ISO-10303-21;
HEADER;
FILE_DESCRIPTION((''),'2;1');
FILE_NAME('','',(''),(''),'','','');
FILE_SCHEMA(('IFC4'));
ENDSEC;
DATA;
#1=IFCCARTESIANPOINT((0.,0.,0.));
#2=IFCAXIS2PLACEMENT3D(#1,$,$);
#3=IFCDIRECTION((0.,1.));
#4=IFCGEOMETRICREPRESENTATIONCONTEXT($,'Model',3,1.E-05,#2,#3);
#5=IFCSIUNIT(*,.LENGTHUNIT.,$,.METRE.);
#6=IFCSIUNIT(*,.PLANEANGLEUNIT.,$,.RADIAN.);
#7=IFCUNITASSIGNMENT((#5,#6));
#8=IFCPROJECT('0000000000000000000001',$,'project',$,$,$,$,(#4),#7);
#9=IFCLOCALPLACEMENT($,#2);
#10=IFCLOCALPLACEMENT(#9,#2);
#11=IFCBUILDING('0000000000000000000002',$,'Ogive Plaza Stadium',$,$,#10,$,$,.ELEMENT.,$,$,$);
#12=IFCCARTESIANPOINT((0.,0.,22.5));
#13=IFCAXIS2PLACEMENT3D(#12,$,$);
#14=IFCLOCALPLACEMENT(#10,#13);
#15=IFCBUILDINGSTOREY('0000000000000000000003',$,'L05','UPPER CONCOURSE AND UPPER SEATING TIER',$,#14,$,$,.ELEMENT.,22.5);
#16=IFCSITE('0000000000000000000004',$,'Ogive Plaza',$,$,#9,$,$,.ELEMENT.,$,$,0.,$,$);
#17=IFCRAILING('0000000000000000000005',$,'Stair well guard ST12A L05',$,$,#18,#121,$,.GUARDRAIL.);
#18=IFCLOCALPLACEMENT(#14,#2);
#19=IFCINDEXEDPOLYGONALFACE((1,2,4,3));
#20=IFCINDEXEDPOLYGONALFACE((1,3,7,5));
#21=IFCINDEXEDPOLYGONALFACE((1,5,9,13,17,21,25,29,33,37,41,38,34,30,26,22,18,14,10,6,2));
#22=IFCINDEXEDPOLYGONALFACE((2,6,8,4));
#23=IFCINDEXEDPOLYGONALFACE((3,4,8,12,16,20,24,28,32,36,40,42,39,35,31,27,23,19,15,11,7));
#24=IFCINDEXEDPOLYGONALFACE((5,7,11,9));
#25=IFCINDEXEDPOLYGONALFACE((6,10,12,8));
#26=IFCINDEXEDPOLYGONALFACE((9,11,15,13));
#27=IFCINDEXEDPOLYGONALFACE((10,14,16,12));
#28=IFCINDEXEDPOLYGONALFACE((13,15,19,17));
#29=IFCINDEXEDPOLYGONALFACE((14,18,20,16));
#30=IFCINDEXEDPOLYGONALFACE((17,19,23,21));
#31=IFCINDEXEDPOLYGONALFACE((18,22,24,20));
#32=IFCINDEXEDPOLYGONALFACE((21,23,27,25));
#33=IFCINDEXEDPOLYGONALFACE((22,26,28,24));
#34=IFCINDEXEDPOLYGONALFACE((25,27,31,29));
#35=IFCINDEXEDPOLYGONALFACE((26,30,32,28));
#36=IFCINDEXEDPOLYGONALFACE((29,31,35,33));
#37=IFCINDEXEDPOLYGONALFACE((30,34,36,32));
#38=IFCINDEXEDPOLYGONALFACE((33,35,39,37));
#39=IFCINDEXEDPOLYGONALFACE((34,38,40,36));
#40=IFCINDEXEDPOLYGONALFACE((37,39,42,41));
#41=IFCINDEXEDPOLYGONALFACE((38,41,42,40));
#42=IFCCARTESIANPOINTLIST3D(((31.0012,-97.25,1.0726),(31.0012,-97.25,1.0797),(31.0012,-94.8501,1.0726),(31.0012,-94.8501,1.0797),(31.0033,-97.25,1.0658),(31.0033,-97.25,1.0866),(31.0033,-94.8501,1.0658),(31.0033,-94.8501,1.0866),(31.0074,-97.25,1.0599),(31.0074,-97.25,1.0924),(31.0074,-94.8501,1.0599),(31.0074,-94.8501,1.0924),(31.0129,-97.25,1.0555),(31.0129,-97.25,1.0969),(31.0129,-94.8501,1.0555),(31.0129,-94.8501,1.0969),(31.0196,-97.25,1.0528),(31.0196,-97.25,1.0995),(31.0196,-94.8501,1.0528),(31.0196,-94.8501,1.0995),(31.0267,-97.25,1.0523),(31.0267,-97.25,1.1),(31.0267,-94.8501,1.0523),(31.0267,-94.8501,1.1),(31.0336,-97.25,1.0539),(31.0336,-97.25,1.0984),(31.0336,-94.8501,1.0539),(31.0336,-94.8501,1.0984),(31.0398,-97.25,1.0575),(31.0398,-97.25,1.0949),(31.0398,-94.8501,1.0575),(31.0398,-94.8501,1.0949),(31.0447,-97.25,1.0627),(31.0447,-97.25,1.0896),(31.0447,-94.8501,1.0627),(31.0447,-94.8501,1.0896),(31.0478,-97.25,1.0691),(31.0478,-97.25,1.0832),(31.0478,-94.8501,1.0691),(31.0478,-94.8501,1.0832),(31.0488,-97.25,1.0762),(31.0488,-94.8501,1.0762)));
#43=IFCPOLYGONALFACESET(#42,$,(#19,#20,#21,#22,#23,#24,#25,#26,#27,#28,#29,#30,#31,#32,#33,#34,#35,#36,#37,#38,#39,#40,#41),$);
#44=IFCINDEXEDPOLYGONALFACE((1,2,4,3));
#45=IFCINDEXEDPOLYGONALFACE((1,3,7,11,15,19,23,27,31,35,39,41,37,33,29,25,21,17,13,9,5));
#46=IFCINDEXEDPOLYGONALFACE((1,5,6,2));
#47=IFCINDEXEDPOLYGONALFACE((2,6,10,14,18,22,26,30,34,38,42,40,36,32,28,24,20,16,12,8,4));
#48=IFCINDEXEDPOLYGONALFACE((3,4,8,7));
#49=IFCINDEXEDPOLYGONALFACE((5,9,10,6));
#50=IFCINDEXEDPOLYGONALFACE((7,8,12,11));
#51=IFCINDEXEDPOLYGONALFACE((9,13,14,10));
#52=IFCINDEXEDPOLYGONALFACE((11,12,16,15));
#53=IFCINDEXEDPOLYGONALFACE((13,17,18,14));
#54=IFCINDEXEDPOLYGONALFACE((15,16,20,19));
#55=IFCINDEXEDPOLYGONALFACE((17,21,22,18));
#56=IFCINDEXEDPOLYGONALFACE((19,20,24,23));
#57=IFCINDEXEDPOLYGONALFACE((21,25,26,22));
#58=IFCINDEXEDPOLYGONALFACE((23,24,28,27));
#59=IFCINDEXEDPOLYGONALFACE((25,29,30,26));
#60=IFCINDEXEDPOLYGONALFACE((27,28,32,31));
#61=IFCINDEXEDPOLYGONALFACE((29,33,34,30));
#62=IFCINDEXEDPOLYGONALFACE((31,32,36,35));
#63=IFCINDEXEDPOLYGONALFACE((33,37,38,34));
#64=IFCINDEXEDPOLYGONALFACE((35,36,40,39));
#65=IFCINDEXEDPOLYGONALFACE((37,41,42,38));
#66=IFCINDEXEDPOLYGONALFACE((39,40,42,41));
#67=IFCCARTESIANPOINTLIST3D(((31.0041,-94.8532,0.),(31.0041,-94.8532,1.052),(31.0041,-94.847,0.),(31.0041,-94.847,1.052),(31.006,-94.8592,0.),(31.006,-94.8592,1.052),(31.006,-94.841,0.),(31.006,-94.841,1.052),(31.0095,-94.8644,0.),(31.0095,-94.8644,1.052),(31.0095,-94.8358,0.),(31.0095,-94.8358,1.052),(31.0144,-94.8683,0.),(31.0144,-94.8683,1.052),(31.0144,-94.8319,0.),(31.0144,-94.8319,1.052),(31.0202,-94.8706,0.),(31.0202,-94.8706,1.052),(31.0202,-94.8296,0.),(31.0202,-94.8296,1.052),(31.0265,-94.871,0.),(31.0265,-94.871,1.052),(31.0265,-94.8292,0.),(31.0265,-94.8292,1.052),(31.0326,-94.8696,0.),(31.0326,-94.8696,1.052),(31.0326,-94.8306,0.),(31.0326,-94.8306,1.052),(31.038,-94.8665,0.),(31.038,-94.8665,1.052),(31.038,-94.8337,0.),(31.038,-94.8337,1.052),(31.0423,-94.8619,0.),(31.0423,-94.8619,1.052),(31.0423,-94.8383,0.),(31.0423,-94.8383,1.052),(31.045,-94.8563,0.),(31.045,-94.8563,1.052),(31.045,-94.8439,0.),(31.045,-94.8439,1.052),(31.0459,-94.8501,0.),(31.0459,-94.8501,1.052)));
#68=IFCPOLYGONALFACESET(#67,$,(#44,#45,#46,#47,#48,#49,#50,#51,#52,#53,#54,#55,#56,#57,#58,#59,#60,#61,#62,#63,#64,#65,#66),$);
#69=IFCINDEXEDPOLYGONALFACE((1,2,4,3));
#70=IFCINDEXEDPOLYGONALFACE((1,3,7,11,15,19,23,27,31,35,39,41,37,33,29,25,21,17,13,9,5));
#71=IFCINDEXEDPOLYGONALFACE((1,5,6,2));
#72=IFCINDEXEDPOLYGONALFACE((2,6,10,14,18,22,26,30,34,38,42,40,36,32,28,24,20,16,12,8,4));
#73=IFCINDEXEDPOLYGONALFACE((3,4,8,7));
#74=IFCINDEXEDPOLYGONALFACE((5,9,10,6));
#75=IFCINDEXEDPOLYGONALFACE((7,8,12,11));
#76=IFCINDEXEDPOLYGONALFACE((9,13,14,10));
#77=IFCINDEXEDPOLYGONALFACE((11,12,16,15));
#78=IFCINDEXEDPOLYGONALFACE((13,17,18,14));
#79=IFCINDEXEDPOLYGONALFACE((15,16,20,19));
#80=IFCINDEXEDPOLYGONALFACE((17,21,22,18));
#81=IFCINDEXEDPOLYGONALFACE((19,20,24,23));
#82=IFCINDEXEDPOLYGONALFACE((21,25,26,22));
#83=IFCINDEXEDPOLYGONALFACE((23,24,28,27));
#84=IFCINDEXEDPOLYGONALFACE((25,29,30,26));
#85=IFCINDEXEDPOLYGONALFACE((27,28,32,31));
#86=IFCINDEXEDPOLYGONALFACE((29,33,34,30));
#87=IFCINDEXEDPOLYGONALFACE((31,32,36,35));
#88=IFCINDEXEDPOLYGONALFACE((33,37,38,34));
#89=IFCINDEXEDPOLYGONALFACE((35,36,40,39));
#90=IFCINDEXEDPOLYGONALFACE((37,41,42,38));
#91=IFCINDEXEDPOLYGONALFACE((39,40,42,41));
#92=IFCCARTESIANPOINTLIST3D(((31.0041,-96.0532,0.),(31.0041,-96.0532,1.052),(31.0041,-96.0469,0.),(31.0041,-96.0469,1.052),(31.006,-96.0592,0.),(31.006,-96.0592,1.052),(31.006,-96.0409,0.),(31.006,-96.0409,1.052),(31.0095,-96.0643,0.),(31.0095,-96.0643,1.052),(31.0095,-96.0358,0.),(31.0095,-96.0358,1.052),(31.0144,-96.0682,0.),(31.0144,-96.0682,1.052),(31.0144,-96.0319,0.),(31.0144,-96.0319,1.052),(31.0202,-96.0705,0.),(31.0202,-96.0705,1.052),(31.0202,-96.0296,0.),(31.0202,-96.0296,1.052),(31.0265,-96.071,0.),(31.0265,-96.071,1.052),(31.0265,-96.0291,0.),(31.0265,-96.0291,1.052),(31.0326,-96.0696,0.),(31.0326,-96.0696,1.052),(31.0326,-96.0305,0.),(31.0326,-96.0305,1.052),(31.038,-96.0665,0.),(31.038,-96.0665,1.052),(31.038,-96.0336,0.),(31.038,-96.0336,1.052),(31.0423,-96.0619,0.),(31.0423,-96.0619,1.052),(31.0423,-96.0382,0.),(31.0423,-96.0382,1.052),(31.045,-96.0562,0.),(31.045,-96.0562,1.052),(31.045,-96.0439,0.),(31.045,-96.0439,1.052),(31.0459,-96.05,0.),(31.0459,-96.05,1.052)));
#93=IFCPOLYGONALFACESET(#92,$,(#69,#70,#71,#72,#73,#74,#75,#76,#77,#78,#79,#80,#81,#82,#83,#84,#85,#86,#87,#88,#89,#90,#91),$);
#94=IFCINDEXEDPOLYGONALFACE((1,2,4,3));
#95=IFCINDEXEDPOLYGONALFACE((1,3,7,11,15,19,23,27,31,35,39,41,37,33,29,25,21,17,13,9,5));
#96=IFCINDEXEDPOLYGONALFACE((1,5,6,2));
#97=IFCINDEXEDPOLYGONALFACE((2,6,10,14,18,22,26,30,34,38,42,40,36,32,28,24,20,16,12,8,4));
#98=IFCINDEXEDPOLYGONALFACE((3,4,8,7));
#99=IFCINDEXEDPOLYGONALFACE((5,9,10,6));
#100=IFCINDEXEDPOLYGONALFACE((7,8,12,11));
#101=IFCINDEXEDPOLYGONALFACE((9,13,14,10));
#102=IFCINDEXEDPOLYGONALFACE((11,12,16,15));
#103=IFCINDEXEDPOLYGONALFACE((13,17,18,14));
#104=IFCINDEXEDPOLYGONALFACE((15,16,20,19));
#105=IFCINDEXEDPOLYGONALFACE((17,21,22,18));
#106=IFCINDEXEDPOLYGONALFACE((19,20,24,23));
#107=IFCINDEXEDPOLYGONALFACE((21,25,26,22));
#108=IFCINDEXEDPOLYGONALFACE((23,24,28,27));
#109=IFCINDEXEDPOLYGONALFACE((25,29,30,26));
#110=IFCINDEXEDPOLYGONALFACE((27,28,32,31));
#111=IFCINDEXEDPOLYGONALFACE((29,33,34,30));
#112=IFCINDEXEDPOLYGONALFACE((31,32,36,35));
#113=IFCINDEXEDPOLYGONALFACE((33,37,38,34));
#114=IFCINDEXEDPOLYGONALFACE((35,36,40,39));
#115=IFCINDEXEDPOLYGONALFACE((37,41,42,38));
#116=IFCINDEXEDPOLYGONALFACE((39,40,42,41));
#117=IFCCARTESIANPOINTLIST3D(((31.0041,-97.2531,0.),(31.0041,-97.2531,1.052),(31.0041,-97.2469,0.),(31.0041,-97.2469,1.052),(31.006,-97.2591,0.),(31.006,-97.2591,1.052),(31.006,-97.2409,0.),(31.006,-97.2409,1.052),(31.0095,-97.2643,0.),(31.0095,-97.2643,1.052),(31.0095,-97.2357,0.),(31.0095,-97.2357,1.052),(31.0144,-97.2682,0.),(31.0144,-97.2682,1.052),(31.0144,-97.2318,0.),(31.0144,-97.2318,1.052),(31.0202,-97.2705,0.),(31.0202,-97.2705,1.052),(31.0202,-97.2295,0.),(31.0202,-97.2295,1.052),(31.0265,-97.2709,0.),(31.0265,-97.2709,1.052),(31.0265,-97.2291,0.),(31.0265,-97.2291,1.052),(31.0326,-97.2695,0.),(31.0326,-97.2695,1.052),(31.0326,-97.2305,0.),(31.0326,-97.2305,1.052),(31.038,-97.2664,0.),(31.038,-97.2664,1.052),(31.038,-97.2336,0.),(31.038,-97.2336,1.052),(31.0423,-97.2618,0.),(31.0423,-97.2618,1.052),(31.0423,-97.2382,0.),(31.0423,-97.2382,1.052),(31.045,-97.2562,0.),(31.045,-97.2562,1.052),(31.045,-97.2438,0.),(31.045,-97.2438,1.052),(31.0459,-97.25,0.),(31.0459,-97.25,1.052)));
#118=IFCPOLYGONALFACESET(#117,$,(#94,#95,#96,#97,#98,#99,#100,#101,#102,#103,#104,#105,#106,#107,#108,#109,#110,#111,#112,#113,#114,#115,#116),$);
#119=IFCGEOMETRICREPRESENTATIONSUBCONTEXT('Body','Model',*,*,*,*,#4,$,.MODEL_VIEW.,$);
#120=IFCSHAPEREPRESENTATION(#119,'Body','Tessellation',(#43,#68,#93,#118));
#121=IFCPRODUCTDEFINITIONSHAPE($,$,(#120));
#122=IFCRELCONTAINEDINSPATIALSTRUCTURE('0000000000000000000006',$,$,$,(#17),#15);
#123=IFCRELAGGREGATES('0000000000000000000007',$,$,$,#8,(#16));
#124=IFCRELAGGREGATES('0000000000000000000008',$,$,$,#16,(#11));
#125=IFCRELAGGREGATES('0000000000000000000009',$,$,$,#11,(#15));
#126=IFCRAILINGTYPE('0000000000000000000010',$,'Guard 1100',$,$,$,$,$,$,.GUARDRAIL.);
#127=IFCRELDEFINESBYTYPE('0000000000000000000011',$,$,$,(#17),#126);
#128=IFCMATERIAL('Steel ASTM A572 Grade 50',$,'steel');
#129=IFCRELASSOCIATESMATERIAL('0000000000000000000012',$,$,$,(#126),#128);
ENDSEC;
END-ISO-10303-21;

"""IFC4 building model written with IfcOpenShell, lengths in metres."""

from ifc_helpers import new_model, si_unit, direction, frame, origin, origin_2d, place, context, subcontext, project, spatial, circle, extrude, material, type_object, element, save


model = new_model("IFC4")

# Units and contexts
model_context = context("Model", 3, precision=1e-05, world=origin(), true_north=direction((0.0, 1.0)))
body_context = subcontext(model_context, "Body", "Model", "MODEL_VIEW")
ifc_project = project(units=[si_unit("LENGTHUNIT", "METRE"), si_unit("PLANEANGLEUNIT", "RADIAN")], contexts=[model_context])

# Site, building, storey
site_placement = place(None, origin())
site = spatial("IfcSite", under=ifc_project, at=site_placement, Name="Ogive Plaza", CompositionType="ELEMENT", RefElevation=0.0)
building_placement = place(site_placement, origin())
building = spatial("IfcBuilding", under=site, at=building_placement, Name="Ogive Plaza Stadium", CompositionType="ELEMENT")
storey_placement = place(building_placement, frame((0.0, 0.0, 22.5)))
storey = spatial("IfcBuildingStorey", under=building, at=storey_placement, Name="L05", Description="UPPER CONCOURSE AND UPPER SEATING TIER", CompositionType="ELEMENT", Elevation=22.5)

# Railing
ifc_material_1 = material(Name="Steel ASTM A572 Grade 50", Category="steel")
railing_type = type_object("IfcRailingType", Name="Guard 1100", PredefinedType="GUARDRAIL", material=ifc_material_1)
railing_1_placement = place(storey_placement, frame((31.0249, -94.8501, 0.0)))
element("IfcRailing", 1, at=railing_1_placement, inside=storey, type_object=railing_type, Name="Stair well guard ST12A L05", PredefinedType="GUARDRAIL", context=body_context, shape_type="SweptSolid", body=[
    extrude(circle(Radius=0.0239, at=origin_2d()), frame((0.0, 0.0, 1.0762), z_axis=(0.0, -1.0, 0.0), x_axis=(1.0, 0.0, 0.0)), (0.0, 0.0, 1.0), 2.3999),
    extrude(circle(Radius=0.021, at=origin_2d()), origin(), (0.0, 0.0, 1.0), 1.052),
    extrude(circle(Radius=0.021, at=origin_2d()), frame((0.0, -1.2, 0.0)), (0.0, 0.0, 1.0), 1.052),
    extrude(circle(Radius=0.021, at=origin_2d()), frame((0.0, -2.3999, 0.0)), (0.0, 0.0, 1.0), 1.052),
])

save(model, "model.ifc")
